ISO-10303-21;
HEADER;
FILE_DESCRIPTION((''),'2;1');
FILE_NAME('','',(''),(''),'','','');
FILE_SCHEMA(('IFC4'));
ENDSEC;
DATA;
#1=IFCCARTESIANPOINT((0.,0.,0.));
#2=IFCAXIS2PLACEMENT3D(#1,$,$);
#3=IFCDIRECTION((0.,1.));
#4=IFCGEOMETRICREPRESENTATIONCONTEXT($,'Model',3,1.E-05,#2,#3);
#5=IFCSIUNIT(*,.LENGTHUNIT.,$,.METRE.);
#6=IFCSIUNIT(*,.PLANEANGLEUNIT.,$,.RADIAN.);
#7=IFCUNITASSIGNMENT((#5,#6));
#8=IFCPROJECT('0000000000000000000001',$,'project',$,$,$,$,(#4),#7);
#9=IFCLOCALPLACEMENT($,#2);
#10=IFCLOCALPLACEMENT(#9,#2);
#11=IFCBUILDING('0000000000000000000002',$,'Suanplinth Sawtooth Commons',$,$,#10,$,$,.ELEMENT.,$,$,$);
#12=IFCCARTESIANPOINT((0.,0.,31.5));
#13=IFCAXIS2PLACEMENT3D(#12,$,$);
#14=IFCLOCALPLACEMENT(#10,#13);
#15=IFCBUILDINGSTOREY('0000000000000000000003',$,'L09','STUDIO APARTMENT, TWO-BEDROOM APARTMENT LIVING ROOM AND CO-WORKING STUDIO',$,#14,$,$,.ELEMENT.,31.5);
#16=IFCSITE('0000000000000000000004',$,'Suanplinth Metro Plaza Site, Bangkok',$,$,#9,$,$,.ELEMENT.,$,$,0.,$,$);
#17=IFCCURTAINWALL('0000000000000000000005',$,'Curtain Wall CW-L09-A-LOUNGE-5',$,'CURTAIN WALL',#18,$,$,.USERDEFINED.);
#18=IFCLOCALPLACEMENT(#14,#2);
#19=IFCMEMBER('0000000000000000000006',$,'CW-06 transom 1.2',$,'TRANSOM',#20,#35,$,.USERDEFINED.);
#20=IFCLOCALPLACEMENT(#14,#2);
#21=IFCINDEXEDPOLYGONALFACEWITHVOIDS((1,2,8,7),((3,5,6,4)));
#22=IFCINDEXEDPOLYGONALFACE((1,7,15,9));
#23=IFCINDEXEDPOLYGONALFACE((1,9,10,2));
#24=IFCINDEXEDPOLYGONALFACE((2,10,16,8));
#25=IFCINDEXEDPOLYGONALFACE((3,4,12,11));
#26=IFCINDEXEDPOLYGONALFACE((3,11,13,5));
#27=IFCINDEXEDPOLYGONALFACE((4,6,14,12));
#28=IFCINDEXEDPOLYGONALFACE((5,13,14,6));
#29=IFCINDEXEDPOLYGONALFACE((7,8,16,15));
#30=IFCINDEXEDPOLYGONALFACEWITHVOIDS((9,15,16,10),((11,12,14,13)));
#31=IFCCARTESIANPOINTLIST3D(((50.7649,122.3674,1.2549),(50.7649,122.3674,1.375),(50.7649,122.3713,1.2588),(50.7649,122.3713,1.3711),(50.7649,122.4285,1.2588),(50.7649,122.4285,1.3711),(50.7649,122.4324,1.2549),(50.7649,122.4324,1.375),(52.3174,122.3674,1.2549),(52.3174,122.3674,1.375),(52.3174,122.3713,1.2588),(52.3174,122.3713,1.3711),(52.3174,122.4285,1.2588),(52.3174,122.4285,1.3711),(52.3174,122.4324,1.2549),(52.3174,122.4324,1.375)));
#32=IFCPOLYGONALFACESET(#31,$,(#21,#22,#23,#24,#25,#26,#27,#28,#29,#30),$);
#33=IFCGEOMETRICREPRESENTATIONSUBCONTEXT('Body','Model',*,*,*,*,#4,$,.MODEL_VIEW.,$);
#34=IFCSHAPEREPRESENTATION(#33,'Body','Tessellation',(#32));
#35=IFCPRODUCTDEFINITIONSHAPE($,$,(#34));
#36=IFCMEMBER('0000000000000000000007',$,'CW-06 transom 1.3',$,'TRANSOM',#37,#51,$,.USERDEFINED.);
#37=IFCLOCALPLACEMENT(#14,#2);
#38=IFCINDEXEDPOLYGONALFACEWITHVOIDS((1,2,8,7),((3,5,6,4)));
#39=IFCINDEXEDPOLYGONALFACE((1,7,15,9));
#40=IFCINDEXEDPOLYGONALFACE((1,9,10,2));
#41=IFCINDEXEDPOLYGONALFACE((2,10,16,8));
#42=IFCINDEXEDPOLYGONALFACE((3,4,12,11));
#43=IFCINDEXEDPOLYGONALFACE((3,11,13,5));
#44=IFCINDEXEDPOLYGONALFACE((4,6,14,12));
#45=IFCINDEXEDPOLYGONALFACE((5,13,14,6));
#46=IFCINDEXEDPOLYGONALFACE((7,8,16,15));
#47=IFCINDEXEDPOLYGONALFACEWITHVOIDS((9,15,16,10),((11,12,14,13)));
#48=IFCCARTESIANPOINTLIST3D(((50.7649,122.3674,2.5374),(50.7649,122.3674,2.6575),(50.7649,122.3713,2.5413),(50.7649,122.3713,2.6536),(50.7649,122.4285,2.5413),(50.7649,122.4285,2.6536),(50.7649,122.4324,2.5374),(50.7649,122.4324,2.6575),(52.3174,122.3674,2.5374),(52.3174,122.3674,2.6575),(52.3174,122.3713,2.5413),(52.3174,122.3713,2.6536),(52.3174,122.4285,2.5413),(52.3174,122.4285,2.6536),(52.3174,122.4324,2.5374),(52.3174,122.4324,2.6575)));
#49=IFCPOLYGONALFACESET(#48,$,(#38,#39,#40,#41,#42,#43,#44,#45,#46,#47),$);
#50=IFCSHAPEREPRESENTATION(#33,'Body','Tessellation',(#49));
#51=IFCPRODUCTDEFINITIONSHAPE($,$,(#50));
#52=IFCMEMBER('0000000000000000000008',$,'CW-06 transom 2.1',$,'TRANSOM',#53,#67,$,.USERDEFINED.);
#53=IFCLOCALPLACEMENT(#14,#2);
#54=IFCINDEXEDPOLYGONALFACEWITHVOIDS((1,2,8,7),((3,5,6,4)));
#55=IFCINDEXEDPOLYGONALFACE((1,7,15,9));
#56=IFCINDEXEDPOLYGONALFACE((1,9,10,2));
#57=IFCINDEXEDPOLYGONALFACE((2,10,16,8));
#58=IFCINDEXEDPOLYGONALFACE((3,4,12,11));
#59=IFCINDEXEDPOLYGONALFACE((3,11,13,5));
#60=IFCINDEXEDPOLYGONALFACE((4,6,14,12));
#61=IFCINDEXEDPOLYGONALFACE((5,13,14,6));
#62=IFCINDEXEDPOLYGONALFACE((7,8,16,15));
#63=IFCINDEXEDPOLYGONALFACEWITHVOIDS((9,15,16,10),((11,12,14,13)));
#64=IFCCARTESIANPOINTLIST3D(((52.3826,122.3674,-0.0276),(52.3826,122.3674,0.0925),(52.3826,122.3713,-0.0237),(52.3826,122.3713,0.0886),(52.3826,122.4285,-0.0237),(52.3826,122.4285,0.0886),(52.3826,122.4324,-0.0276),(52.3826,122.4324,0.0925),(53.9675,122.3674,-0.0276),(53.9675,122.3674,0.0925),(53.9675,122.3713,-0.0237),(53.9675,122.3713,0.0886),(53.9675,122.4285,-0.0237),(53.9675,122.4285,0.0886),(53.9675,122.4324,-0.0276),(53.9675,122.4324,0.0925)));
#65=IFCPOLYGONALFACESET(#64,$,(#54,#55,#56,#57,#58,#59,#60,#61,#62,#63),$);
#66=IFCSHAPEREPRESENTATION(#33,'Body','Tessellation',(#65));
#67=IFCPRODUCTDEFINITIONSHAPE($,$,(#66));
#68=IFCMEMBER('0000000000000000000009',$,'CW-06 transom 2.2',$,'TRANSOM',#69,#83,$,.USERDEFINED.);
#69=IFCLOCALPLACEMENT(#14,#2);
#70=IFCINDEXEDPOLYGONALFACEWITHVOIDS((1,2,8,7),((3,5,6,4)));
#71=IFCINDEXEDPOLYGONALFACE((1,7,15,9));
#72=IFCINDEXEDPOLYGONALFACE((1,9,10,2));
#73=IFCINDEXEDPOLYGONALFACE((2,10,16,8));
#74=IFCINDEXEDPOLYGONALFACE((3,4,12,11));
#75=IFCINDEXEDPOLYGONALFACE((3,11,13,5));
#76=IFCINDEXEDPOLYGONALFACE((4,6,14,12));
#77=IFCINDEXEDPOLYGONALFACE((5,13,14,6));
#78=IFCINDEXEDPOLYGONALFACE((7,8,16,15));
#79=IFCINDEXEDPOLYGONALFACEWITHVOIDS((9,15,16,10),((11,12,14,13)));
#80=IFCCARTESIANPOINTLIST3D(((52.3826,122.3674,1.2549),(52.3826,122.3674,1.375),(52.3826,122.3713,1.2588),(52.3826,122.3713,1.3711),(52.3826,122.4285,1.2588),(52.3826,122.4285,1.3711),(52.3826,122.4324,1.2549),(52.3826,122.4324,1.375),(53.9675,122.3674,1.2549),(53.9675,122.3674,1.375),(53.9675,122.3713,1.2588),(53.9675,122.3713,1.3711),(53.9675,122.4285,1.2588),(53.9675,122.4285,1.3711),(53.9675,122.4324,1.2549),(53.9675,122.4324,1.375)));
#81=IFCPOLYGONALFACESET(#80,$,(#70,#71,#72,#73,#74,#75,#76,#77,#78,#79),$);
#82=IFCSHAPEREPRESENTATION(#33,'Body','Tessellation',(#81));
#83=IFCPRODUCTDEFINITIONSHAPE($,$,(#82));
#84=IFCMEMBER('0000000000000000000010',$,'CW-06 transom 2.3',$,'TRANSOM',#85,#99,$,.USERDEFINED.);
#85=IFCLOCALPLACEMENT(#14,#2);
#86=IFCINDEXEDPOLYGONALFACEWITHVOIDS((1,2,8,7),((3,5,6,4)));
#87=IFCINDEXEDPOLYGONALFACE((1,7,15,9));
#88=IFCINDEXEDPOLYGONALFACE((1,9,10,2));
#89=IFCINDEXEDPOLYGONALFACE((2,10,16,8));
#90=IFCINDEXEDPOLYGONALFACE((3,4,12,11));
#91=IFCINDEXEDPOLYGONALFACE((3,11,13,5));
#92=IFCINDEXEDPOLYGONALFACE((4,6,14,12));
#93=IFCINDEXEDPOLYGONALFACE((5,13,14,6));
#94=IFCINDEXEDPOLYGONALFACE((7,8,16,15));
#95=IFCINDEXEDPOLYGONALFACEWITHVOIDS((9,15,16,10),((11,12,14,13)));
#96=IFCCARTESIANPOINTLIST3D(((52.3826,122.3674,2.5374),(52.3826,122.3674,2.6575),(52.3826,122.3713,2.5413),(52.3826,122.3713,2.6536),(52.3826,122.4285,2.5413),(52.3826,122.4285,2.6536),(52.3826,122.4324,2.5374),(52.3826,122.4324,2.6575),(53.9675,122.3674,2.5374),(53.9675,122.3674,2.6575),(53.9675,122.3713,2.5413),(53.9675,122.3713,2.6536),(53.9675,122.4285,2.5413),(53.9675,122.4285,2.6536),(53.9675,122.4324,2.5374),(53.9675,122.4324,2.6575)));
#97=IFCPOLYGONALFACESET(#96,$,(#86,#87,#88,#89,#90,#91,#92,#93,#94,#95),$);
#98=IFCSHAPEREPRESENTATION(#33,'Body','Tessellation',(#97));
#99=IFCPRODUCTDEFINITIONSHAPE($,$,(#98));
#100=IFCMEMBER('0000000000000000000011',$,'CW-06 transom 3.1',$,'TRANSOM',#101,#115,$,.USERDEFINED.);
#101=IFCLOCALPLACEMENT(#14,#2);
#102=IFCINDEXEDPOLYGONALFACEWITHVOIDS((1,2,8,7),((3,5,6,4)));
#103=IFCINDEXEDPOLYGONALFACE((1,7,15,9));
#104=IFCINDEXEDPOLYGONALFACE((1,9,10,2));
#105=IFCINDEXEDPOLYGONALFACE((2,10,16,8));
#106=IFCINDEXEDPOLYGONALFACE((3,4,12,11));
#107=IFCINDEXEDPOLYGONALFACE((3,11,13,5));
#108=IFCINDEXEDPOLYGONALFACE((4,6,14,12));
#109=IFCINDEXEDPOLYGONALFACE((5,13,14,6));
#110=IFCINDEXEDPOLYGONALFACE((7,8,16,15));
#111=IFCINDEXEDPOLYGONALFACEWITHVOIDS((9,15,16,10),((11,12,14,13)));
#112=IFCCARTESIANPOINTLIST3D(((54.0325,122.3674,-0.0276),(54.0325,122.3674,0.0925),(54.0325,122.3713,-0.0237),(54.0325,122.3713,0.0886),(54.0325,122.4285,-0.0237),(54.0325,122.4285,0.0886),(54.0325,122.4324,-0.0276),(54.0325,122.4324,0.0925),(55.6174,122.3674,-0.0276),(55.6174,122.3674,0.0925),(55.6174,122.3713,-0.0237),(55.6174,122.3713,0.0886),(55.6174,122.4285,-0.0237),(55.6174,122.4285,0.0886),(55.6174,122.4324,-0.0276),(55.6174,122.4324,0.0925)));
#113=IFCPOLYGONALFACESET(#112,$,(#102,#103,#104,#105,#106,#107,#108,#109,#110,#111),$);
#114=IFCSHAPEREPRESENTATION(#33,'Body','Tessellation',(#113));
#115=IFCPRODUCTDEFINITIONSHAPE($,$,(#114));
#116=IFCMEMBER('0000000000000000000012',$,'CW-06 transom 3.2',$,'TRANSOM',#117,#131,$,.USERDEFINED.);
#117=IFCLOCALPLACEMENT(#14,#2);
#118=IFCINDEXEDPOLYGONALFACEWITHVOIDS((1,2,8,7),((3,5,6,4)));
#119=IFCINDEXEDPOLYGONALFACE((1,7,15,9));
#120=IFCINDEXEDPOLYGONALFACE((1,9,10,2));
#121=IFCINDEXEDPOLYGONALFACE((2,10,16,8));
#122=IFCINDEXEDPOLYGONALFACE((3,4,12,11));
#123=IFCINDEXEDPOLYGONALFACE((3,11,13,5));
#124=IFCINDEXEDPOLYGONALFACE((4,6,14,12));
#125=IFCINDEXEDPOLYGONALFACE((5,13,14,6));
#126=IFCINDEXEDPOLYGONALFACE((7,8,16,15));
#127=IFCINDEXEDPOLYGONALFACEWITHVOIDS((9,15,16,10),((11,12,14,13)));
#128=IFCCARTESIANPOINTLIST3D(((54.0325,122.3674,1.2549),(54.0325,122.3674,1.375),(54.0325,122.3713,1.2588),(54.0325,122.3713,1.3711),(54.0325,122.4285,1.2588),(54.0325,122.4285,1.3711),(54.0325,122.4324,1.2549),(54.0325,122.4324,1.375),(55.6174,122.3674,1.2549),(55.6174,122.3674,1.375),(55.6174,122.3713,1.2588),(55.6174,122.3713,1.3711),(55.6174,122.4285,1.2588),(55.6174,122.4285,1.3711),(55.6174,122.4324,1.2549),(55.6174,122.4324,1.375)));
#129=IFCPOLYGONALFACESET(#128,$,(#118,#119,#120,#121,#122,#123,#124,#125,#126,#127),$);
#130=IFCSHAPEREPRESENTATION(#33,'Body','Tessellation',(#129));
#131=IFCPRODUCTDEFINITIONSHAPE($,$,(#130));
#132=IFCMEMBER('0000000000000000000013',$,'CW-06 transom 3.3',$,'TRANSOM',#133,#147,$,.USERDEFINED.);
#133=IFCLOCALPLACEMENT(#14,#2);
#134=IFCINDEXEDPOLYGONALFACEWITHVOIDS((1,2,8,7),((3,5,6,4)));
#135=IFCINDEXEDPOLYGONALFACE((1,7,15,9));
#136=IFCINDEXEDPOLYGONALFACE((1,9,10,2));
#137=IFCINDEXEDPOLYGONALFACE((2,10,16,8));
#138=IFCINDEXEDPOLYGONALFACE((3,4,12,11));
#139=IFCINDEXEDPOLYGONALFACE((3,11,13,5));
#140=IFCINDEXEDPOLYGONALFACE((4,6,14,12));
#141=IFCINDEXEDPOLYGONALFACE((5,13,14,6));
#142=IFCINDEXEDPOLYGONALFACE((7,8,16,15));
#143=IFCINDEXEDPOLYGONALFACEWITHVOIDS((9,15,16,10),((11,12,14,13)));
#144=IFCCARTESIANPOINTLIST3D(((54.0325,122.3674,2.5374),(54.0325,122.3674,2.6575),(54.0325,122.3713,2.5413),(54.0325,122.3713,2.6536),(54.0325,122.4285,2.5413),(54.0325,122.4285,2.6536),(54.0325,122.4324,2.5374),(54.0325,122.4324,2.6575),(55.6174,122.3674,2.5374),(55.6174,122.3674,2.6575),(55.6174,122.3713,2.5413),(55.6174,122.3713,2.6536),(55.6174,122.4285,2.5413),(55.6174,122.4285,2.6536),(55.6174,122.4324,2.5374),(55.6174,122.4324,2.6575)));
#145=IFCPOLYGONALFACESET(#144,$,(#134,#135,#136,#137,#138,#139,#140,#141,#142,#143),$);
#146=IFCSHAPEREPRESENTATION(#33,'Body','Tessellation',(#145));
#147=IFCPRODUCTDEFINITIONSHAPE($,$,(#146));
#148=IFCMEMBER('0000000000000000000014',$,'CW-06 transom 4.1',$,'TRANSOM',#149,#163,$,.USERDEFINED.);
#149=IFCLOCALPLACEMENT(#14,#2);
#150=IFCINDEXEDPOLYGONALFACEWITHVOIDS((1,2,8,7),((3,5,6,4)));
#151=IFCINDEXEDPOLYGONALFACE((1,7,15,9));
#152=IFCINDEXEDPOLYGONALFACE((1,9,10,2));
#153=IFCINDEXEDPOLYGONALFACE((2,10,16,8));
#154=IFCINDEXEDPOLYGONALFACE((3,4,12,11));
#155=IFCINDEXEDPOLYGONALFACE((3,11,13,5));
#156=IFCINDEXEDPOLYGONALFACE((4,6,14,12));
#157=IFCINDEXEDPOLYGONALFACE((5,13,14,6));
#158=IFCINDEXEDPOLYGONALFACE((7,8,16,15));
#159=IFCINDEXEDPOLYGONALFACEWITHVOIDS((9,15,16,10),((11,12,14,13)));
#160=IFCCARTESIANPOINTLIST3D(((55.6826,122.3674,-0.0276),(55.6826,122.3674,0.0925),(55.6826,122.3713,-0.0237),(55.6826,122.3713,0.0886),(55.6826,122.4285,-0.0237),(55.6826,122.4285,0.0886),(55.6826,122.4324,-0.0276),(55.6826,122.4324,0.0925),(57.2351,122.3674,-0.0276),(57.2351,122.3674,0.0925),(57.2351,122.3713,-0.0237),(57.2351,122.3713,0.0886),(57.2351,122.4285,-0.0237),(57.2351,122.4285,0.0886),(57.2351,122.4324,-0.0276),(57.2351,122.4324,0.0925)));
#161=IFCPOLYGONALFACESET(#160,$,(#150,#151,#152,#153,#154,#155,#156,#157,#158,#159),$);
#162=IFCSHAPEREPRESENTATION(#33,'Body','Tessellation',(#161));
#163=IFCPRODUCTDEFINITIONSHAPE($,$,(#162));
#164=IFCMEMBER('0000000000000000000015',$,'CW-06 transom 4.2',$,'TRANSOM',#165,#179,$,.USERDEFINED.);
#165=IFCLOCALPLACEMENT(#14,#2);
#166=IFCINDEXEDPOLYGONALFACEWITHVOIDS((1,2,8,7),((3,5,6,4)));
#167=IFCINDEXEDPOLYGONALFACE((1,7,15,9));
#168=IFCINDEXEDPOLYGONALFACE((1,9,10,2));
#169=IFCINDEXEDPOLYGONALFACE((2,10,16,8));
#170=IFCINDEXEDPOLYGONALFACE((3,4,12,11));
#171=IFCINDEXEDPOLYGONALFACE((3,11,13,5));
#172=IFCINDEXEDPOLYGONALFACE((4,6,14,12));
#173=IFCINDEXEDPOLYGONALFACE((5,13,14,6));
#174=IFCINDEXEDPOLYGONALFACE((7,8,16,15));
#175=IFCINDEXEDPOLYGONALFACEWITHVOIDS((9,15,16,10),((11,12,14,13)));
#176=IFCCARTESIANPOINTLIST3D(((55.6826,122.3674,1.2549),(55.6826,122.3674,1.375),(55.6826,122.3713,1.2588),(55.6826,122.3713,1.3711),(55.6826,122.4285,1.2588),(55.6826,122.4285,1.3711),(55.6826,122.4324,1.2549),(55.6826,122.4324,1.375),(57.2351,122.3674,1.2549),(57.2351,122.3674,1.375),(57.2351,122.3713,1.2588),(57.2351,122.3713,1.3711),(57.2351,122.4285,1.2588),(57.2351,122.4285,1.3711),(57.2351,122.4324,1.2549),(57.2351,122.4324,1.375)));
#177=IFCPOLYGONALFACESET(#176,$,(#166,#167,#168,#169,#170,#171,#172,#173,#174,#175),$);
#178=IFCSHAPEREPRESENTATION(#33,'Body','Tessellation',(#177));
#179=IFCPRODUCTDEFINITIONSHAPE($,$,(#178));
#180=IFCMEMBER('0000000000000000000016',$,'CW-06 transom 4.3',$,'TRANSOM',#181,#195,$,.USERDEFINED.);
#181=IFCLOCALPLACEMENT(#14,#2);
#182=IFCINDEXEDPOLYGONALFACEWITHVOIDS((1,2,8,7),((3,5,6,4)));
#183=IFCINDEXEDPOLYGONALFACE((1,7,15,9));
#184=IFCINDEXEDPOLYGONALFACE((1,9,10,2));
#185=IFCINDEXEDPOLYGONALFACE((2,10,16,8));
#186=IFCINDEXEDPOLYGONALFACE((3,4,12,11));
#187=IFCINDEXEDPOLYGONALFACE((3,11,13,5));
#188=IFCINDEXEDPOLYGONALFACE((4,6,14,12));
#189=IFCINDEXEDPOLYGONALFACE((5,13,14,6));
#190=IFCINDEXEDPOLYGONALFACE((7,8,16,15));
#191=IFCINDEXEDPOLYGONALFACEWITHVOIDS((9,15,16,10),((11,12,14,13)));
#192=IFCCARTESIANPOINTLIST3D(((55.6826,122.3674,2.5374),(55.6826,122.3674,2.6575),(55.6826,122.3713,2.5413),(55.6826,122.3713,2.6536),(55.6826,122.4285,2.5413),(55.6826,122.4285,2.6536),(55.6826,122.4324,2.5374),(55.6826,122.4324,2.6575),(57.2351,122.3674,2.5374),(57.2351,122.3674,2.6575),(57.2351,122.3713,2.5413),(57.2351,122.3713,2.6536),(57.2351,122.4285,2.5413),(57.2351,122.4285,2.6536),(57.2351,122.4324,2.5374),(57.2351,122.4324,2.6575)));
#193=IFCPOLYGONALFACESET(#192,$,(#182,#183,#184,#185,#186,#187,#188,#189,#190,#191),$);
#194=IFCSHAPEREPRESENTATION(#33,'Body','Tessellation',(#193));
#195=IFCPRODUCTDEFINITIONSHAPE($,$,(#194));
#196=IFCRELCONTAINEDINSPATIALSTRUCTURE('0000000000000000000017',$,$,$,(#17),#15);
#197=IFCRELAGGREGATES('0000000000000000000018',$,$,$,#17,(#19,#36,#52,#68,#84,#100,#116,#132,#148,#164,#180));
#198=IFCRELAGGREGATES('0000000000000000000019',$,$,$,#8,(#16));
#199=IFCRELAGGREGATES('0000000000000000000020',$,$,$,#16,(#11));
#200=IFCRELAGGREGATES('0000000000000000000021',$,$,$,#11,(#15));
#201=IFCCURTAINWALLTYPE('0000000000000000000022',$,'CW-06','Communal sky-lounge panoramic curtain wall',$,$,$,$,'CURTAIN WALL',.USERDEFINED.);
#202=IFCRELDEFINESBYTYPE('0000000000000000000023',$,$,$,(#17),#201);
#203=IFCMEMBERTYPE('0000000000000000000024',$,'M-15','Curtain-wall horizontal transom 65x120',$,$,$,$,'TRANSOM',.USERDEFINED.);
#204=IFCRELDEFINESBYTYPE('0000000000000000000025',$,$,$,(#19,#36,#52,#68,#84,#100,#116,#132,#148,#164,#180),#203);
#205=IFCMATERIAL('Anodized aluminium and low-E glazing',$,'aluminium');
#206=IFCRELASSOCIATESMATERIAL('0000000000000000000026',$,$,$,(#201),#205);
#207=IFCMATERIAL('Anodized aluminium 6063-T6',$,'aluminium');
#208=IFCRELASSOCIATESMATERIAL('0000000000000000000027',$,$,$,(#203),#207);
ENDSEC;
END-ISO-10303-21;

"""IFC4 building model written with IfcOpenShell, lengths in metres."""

from ifc_helpers import new_model, si_unit, direction, frame, origin, origin_2d, place, context, subcontext, project, spatial, hollow_rectangle, extrude, material, material_profile, profile_set, type_object, element, aggregate, save


model = new_model("IFC4")

# Units and contexts
model_context = context("Model", 3, precision=1e-05, world=origin(), true_north=direction((0.0, 1.0)))
body_context = subcontext(model_context, "Body", "Model", "MODEL_VIEW")
ifc_project = project(units=[si_unit("LENGTHUNIT", "METRE"), si_unit("PLANEANGLEUNIT", "RADIAN")], contexts=[model_context])

# Site, building, storey
site_placement = place(None, origin())
site = spatial("IfcSite", under=ifc_project, at=site_placement, Name="Suanplinth Metro Plaza Site, Bangkok", CompositionType="ELEMENT", RefElevation=0.0)
building_placement = place(site_placement, origin())
building = spatial("IfcBuilding", under=site, at=building_placement, Name="Suanplinth Sawtooth Commons", CompositionType="ELEMENT")
storey_placement = place(building_placement, frame((0.0, 0.0, 31.5)))
storey = spatial("IfcBuildingStorey", under=building, at=storey_placement, Name="L09", Description="STUDIO APARTMENT, TWO-BEDROOM APARTMENT LIVING ROOM AND CO-WORKING STUDIO", CompositionType="ELEMENT", Elevation=31.5)

# Curtain wall, members
ifc_material_1 = material(Name="Anodized aluminium and low-E glazing", Category="aluminium")
curtain_wall_type = type_object("IfcCurtainWallType", Name="CW-06", Description="Communal sky-lounge panoramic curtain wall", ElementType="CURTAIN WALL", PredefinedType="USERDEFINED", material=ifc_material_1)
curtain_wall_placement = place(storey_placement, origin())
curtain_wall = element("IfcCurtainWall", 1, at=curtain_wall_placement, inside=storey, type_object=curtain_wall_type, Name="Curtain Wall CW-L09-A-LOUNGE-5", ObjectType="CURTAIN WALL", PredefinedType="USERDEFINED")
ifc_material_2 = material(Name="Anodized aluminium 6063-T6", Category="aluminium")
ifc_material_profile_1 = material_profile(ifc_material_2, hollow_rectangle(XDim=0.0649, YDim=0.1201, WallThickness=0.0039, at=origin_2d()), Name="ALU-TRN 65x120")
ifc_profile_set_1 = profile_set([ifc_material_profile_1], Name="Anodized aluminium 6063-T6")
member_type_1 = type_object("IfcMemberType", Name="M-15", Description="Curtain-wall horizontal transom 65x120", ElementType="TRANSOM", PredefinedType="USERDEFINED", material=ifc_profile_set_1)
member_1_placement = place(storey_placement, frame((50.7649, 122.3999, 1.3149), z_axis=(1.0, 0.0, 0.0), x_axis=(0.0, 1.0, 0.0)))
member_1 = element("IfcMember", 2, at=member_1_placement, type_object=member_type_1, Name="CW-06 transom 1.2", ObjectType="TRANSOM", PredefinedType="USERDEFINED", context=body_context, shape_type="SweptSolid", body=[
    extrude(hollow_rectangle(XDim=0.0649, YDim=0.1201, WallThickness=0.0039, at=origin_2d()), origin(), (0.0, 0.0, 1.0), 1.5525),
])
member_2_placement = place(storey_placement, frame((50.7649, 122.3999, 2.5974), z_axis=(1.0, 0.0, 0.0), x_axis=(0.0, 1.0, 0.0)))
member_2 = element("IfcMember", 3, at=member_2_placement, type_object=member_type_1, Name="CW-06 transom 1.3", ObjectType="TRANSOM", PredefinedType="USERDEFINED", context=body_context, shape_type="SweptSolid", body=[
    extrude(hollow_rectangle(XDim=0.0649, YDim=0.1201, WallThickness=0.0039, at=origin_2d()), origin(), (0.0, 0.0, 1.0), 1.5525),
])
member_3_placement = place(storey_placement, frame((52.3826, 122.3999, 0.0325), z_axis=(1.0, 0.0, 0.0), x_axis=(0.0, 1.0, 0.0)))
member_3 = element("IfcMember", 4, at=member_3_placement, type_object=member_type_1, Name="CW-06 transom 2.1", ObjectType="TRANSOM", PredefinedType="USERDEFINED", context=body_context, shape_type="SweptSolid", body=[
    extrude(hollow_rectangle(XDim=0.0649, YDim=0.1201, WallThickness=0.0039, at=origin_2d()), origin(), (0.0, 0.0, 1.0), 1.585),
])
member_4_placement = place(storey_placement, frame((52.3826, 122.3999, 1.3149), z_axis=(1.0, 0.0, 0.0), x_axis=(0.0, 1.0, 0.0)))
member_4 = element("IfcMember", 5, at=member_4_placement, type_object=member_type_1, Name="CW-06 transom 2.2", ObjectType="TRANSOM", PredefinedType="USERDEFINED", context=body_context, shape_type="SweptSolid", body=[
    extrude(hollow_rectangle(XDim=0.0649, YDim=0.1201, WallThickness=0.0039, at=origin_2d()), origin(), (0.0, 0.0, 1.0), 1.585),
])
member_5_placement = place(storey_placement, frame((52.3826, 122.3999, 2.5974), z_axis=(1.0, 0.0, 0.0), x_axis=(0.0, 1.0, 0.0)))
member_5 = element("IfcMember", 6, at=member_5_placement, type_object=member_type_1, Name="CW-06 transom 2.3", ObjectType="TRANSOM", PredefinedType="USERDEFINED", context=body_context, shape_type="SweptSolid", body=[
    extrude(hollow_rectangle(XDim=0.0649, YDim=0.1201, WallThickness=0.0039, at=origin_2d()), origin(), (0.0, 0.0, 1.0), 1.585),
])
member_6_placement = place(storey_placement, frame((54.0325, 122.3999, 0.0325), z_axis=(1.0, 0.0, 0.0), x_axis=(0.0, 1.0, 0.0)))
member_6 = element("IfcMember", 7, at=member_6_placement, type_object=member_type_1, Name="CW-06 transom 3.1", ObjectType="TRANSOM", PredefinedType="USERDEFINED", context=body_context, shape_type="SweptSolid", body=[
    extrude(hollow_rectangle(XDim=0.0649, YDim=0.1201, WallThickness=0.0039, at=origin_2d()), origin(), (0.0, 0.0, 1.0), 1.585),
])
member_7_placement = place(storey_placement, frame((54.0325, 122.3999, 1.3149), z_axis=(1.0, 0.0, 0.0), x_axis=(0.0, 1.0, 0.0)))
member_7 = element("IfcMember", 8, at=member_7_placement, type_object=member_type_1, Name="CW-06 transom 3.2", ObjectType="TRANSOM", PredefinedType="USERDEFINED", context=body_context, shape_type="SweptSolid", body=[
    extrude(hollow_rectangle(XDim=0.0649, YDim=0.1201, WallThickness=0.0039, at=origin_2d()), origin(), (0.0, 0.0, 1.0), 1.585),
])
member_8_placement = place(storey_placement, frame((54.0325, 122.3999, 2.5974), z_axis=(1.0, 0.0, 0.0), x_axis=(0.0, 1.0, 0.0)))
member_8 = element("IfcMember", 9, at=member_8_placement, type_object=member_type_1, Name="CW-06 transom 3.3", ObjectType="TRANSOM", PredefinedType="USERDEFINED", context=body_context, shape_type="SweptSolid", body=[
    extrude(hollow_rectangle(XDim=0.0649, YDim=0.1201, WallThickness=0.0039, at=origin_2d()), origin(), (0.0, 0.0, 1.0), 1.585),
])
member_9_placement = place(storey_placement, frame((55.6826, 122.3999, 0.0325), z_axis=(1.0, 0.0, 0.0), x_axis=(0.0, 1.0, 0.0)))
member_9 = element("IfcMember", 10, at=member_9_placement, type_object=member_type_1, Name="CW-06 transom 4.1", ObjectType="TRANSOM", PredefinedType="USERDEFINED", context=body_context, shape_type="SweptSolid", body=[
    extrude(hollow_rectangle(XDim=0.0649, YDim=0.1201, WallThickness=0.0039, at=origin_2d()), origin(), (0.0, 0.0, 1.0), 1.5525),
])
member_10_placement = place(storey_placement, frame((55.6826, 122.3999, 1.3149), z_axis=(1.0, 0.0, 0.0), x_axis=(0.0, 1.0, 0.0)))
member_10 = element("IfcMember", 11, at=member_10_placement, type_object=member_type_1, Name="CW-06 transom 4.2", ObjectType="TRANSOM", PredefinedType="USERDEFINED", context=body_context, shape_type="SweptSolid", body=[
    extrude(hollow_rectangle(XDim=0.0649, YDim=0.1201, WallThickness=0.0039, at=origin_2d()), origin(), (0.0, 0.0, 1.0), 1.5525),
])
member_11_placement = place(storey_placement, frame((55.6826, 122.3999, 2.5974), z_axis=(1.0, 0.0, 0.0), x_axis=(0.0, 1.0, 0.0)))
member_11 = element("IfcMember", 12, at=member_11_placement, type_object=member_type_1, Name="CW-06 transom 4.3", ObjectType="TRANSOM", PredefinedType="USERDEFINED", context=body_context, shape_type="SweptSolid", body=[
    extrude(hollow_rectangle(XDim=0.0649, YDim=0.1201, WallThickness=0.0039, at=origin_2d()), origin(), (0.0, 0.0, 1.0), 1.5525),
])
aggregate(curtain_wall, [member_1, member_2, member_3, member_4, member_5, member_6, member_7, member_8, member_9, member_10, member_11])

save(model, "model.ifc")
